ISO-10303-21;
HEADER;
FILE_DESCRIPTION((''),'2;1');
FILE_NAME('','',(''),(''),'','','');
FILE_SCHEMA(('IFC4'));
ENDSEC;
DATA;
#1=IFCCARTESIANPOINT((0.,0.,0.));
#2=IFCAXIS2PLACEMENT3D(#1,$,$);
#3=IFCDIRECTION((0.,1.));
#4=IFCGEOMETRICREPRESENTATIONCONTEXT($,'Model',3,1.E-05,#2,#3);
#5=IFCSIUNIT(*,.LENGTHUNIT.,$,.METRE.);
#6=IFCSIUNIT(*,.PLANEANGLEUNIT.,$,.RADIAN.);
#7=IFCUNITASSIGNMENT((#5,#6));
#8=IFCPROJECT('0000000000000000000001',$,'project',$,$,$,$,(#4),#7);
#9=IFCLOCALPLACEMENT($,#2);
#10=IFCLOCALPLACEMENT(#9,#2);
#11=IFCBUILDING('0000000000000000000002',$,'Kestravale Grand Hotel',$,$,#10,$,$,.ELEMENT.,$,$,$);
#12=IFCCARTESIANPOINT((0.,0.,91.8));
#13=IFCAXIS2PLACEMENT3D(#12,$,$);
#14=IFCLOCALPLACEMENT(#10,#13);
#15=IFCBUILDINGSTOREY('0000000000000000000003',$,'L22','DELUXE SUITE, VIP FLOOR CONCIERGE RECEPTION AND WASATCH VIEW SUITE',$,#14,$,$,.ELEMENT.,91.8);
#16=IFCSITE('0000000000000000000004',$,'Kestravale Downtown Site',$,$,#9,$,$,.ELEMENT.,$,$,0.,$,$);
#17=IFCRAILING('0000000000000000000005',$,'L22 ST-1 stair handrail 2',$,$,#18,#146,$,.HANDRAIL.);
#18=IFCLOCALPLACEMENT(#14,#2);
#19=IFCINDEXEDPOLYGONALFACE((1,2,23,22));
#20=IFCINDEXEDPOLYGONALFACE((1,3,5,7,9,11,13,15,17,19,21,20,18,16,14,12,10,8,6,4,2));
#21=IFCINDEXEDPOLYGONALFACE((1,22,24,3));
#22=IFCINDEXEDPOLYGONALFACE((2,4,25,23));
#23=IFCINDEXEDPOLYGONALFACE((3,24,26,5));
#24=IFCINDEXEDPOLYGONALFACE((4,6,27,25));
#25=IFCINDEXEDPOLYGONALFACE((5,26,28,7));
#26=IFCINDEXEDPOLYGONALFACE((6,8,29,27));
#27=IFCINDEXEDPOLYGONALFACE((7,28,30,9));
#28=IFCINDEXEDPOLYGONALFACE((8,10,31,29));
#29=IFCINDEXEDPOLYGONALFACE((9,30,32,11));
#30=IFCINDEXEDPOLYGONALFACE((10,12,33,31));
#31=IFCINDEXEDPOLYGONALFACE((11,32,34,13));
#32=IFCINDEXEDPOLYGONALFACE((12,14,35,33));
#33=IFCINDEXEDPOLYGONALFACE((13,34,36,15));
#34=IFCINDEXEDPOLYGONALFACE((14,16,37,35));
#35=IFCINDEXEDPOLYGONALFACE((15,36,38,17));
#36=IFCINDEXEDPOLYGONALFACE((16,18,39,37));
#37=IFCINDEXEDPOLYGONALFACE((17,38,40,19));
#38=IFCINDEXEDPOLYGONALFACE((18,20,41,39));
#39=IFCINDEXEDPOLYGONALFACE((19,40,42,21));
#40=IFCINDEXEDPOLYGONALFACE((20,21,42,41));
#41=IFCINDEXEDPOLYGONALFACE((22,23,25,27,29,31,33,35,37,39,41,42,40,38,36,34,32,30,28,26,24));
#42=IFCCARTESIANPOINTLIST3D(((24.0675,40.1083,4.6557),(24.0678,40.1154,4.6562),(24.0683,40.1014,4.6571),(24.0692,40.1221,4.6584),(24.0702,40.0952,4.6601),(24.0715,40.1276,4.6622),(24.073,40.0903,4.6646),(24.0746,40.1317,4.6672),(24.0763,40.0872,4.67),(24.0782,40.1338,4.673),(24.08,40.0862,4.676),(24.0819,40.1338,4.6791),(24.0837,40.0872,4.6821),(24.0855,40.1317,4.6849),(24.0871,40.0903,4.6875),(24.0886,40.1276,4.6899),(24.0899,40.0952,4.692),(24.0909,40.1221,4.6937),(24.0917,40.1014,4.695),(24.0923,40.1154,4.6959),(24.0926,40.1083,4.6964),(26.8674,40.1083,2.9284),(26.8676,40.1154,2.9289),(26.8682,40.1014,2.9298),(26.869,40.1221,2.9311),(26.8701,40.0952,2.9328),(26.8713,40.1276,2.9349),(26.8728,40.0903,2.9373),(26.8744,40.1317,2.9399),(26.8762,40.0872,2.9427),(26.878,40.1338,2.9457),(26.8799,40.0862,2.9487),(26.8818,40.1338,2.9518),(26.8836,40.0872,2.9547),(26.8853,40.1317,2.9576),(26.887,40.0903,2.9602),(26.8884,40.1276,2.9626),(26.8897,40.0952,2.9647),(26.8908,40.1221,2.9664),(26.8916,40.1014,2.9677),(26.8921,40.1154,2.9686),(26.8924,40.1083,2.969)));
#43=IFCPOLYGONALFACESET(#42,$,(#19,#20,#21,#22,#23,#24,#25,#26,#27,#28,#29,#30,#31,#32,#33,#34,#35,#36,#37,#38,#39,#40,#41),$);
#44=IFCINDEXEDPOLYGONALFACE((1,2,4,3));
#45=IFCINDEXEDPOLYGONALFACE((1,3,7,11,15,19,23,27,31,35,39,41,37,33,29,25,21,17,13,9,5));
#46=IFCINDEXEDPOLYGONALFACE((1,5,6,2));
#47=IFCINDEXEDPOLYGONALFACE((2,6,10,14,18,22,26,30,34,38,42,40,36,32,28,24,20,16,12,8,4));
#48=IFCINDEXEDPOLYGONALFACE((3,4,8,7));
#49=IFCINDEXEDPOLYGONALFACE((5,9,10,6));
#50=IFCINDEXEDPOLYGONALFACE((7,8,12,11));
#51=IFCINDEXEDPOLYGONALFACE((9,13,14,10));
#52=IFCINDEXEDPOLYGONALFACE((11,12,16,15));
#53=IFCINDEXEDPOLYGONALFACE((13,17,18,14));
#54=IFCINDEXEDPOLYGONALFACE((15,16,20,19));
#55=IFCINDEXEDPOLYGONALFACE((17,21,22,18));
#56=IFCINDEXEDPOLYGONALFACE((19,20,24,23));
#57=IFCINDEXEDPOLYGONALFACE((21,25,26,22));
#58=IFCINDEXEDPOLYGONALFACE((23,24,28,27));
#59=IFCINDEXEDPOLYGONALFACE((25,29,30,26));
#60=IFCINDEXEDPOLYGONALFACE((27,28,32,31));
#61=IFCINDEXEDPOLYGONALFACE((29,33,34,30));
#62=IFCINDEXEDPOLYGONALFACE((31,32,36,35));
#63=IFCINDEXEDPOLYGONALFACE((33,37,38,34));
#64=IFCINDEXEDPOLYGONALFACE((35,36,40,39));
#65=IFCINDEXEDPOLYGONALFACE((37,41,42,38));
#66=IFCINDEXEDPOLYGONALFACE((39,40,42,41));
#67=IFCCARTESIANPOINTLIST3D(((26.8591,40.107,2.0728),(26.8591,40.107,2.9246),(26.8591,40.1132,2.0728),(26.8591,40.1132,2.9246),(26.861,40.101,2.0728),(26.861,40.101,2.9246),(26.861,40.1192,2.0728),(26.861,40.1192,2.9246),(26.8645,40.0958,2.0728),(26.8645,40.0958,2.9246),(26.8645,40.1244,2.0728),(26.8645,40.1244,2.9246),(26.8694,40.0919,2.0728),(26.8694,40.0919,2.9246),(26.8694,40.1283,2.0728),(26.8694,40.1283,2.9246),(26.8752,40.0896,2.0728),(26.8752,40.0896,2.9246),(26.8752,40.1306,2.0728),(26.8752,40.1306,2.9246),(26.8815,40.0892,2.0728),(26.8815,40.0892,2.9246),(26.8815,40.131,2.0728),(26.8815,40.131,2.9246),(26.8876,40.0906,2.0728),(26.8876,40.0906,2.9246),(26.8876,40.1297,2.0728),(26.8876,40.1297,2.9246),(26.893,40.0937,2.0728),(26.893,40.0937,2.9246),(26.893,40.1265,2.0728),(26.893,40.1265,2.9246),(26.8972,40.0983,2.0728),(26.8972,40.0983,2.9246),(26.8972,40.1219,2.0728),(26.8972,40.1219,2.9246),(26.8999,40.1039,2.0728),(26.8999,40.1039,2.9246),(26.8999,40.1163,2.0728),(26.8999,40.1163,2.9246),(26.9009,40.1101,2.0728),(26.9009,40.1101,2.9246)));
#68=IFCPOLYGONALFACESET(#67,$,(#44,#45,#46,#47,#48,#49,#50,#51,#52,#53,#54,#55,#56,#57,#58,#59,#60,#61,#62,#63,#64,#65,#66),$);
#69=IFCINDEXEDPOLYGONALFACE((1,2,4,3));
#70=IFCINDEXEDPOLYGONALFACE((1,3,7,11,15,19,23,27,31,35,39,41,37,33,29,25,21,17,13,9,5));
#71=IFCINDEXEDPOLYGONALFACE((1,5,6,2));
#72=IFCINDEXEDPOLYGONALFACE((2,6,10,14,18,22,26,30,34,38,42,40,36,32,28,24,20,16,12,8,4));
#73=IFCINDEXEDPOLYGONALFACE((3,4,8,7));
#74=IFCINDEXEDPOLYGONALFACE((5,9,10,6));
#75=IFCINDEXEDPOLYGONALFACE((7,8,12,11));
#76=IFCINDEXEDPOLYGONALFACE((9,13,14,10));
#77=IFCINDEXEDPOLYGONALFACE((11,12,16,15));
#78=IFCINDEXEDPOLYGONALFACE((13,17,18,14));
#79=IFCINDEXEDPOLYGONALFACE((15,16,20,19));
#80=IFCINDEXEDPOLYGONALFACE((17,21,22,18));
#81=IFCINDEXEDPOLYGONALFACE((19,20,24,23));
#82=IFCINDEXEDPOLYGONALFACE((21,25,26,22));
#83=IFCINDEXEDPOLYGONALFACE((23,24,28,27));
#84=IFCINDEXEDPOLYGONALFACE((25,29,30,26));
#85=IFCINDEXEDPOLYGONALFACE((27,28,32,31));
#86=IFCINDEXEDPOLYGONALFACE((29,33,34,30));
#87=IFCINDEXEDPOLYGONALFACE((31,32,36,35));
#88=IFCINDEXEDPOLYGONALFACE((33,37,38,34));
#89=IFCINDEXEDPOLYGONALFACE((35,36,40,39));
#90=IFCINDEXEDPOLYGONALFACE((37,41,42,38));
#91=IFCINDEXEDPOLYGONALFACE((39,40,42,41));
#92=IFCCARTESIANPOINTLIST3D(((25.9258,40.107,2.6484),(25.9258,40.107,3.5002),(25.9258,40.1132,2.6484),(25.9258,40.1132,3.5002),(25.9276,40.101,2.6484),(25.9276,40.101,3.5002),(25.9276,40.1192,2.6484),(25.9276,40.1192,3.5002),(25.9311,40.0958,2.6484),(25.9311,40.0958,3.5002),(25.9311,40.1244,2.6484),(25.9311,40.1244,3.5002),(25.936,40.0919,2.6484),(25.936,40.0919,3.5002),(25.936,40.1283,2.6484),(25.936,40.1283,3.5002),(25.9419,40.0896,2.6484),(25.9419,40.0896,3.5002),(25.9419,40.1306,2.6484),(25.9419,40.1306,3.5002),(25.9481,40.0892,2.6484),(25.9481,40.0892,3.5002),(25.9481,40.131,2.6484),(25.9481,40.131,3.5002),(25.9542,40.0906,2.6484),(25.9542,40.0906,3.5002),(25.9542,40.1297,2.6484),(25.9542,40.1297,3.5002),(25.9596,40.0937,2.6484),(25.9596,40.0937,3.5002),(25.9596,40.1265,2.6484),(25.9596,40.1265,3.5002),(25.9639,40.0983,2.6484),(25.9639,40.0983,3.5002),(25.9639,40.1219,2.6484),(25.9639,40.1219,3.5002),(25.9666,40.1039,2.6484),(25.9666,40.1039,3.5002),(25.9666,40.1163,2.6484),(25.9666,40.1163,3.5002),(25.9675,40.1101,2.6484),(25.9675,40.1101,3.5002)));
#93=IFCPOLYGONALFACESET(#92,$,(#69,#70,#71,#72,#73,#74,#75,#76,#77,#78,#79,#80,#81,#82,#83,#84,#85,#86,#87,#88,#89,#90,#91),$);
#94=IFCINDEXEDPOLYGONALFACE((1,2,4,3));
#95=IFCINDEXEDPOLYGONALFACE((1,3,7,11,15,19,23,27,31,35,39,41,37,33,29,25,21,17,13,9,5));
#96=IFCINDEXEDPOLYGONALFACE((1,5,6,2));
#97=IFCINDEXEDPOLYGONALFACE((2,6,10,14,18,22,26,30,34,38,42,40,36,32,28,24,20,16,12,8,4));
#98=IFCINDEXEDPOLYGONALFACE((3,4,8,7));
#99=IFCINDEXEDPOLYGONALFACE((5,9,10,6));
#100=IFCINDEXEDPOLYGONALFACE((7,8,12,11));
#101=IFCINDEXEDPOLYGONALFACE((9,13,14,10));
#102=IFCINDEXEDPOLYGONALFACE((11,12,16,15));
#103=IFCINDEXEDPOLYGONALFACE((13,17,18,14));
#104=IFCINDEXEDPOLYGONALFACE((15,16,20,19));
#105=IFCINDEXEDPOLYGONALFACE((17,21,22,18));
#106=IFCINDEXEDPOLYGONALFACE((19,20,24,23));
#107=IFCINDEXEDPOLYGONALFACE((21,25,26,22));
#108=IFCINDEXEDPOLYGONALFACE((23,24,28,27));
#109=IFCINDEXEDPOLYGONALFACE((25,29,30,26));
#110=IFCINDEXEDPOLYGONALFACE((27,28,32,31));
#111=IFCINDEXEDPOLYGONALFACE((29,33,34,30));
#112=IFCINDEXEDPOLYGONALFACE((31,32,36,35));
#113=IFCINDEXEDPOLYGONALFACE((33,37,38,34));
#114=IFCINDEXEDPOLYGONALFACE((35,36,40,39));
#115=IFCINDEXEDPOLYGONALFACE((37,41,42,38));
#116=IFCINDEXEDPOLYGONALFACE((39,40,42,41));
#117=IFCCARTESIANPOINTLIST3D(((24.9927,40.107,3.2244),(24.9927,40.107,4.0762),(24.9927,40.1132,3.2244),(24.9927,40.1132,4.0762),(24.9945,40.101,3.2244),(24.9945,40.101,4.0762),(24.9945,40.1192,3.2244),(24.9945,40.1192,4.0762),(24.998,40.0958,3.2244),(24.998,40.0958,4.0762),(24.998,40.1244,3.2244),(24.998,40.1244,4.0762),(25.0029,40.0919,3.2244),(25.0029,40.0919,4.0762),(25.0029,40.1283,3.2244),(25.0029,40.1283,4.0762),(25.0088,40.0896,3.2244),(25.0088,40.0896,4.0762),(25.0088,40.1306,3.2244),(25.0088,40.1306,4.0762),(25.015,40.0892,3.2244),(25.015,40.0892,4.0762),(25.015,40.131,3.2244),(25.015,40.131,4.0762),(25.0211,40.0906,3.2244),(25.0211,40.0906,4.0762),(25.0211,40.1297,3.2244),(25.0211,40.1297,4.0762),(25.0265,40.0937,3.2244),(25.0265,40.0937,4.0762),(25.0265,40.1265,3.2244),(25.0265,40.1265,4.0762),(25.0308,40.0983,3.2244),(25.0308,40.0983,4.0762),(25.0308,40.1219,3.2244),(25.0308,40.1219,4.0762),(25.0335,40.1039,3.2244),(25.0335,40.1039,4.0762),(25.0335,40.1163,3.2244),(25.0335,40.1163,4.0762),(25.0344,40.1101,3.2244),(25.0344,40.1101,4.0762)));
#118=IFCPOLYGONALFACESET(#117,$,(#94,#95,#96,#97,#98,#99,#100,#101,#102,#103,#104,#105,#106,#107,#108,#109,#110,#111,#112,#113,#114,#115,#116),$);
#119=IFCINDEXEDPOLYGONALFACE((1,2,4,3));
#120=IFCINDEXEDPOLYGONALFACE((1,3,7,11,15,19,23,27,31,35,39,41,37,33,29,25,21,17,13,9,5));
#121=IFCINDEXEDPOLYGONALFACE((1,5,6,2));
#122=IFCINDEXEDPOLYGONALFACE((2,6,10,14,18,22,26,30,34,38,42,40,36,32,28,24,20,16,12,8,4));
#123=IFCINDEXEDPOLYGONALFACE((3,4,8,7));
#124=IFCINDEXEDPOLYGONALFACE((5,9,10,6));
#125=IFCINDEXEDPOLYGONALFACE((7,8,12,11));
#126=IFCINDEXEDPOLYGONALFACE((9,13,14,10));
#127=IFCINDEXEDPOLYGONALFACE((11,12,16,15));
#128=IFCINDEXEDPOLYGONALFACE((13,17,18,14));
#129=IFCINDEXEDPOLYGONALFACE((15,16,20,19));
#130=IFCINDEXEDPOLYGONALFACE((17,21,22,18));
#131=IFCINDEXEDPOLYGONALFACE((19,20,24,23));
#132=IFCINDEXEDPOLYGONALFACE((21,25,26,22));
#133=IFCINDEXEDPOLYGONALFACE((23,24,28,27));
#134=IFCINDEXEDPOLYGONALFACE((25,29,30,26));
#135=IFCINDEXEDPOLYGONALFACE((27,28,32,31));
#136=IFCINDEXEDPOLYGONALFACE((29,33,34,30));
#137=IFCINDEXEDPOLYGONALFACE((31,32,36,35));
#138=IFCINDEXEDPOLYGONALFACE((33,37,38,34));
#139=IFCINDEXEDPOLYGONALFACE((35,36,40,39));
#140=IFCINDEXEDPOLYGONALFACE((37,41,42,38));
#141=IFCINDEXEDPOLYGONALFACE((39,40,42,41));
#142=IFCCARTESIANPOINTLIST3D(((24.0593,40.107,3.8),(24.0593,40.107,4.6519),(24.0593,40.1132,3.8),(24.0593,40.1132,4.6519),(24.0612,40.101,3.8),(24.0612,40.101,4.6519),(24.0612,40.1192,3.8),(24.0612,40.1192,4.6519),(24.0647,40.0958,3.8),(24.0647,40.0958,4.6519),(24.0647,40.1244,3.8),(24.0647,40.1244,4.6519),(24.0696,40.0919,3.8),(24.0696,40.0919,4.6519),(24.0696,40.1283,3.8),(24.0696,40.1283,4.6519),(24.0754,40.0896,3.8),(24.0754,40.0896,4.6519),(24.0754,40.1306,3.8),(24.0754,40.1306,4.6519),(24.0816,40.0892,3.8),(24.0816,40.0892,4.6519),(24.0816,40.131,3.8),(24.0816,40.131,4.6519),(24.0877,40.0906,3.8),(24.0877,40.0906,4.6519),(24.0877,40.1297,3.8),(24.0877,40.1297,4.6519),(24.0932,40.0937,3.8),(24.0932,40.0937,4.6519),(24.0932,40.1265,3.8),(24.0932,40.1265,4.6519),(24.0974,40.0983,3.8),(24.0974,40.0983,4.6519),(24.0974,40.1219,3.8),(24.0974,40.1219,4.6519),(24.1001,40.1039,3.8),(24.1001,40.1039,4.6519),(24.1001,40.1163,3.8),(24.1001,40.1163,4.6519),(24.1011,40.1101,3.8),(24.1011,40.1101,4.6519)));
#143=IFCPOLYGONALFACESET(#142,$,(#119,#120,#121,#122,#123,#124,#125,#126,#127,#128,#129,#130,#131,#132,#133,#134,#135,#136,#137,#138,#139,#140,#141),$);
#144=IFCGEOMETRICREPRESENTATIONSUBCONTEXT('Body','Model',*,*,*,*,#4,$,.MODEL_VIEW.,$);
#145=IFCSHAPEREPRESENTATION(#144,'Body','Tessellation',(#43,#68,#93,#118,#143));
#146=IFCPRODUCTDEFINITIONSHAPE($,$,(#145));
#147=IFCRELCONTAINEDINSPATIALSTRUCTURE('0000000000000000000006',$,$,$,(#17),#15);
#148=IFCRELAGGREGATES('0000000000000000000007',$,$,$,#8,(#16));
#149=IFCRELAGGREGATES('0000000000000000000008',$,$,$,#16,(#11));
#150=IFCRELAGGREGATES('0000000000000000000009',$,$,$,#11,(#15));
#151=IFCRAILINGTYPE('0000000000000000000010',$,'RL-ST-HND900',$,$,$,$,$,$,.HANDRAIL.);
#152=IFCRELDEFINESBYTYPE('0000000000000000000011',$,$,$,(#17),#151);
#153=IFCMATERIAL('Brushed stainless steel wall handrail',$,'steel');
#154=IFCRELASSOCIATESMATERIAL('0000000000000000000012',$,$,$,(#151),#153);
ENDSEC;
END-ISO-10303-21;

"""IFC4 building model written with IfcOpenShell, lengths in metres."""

from ifc_helpers import new_model, si_unit, direction, frame, origin, origin_2d, place, context, subcontext, project, spatial, circle, extrude, material, type_object, element, save


model = new_model("IFC4")

# Units and contexts
model_context = context("Model", 3, precision=1e-05, world=origin(), true_north=direction((0.0, 1.0)))
body_context = subcontext(model_context, "Body", "Model", "MODEL_VIEW")
ifc_project = project(units=[si_unit("LENGTHUNIT", "METRE"), si_unit("PLANEANGLEUNIT", "RADIAN")], contexts=[model_context])

# Site, building, storey
site_placement = place(None, origin())
site = spatial("IfcSite", under=ifc_project, at=site_placement, Name="Kestravale Downtown Site", CompositionType="ELEMENT", RefElevation=0.0)
building_placement = place(site_placement, origin())
building = spatial("IfcBuilding", under=site, at=building_placement, Name="Kestravale Grand Hotel", CompositionType="ELEMENT")
storey_placement = place(building_placement, frame((0.0, 0.0, 91.8)))
storey = spatial("IfcBuildingStorey", under=building, at=storey_placement, Name="L22", Description="DELUXE SUITE, VIP FLOOR CONCIERGE RECEPTION AND WASATCH VIEW SUITE", CompositionType="ELEMENT", Elevation=91.8)

# Railing
ifc_material_1 = material(Name="Brushed stainless steel wall handrail", Category="steel")
railing_type_1 = type_object("IfcRailingType", Name="RL-ST-HND900", PredefinedType="HANDRAIL", material=ifc_material_1)
railing_1_placement = place(storey_placement, frame((26.8799, 40.1101, 2.0728)))
element("IfcRailing", 1, at=railing_1_placement, inside=storey, type_object=railing_type_1, Name="L22 ST-1 stair handrail 2", PredefinedType="HANDRAIL", context=body_context, shape_type="SweptSolid", body=[
    extrude(circle(Radius=0.0239, at=origin_2d()), frame((0.0, 0.0, 0.876), z_axis=(-0.851069, 0.0, 0.525054), x_axis=(0.0, -1.0, 0.0)), (0.0, 0.0, 1.0), 3.2898),
    extrude(circle(Radius=0.021, at=origin_2d()), origin(), (0.0, 0.0, 1.0), 0.8518),
    extrude(circle(Radius=0.021, at=origin_2d()), frame((-0.9333, 0.0, 0.5757)), (0.0, 0.0, 1.0), 0.8518),
    extrude(circle(Radius=0.021, at=origin_2d()), frame((-1.8665, 0.0, 1.1516)), (0.0, 0.0, 1.0), 0.8518),
    extrude(circle(Radius=0.021, at=origin_2d()), frame((-2.7998, 0.0, 1.7273)), (0.0, 0.0, 1.0), 0.8518),
])

save(model, "model.ifc")
